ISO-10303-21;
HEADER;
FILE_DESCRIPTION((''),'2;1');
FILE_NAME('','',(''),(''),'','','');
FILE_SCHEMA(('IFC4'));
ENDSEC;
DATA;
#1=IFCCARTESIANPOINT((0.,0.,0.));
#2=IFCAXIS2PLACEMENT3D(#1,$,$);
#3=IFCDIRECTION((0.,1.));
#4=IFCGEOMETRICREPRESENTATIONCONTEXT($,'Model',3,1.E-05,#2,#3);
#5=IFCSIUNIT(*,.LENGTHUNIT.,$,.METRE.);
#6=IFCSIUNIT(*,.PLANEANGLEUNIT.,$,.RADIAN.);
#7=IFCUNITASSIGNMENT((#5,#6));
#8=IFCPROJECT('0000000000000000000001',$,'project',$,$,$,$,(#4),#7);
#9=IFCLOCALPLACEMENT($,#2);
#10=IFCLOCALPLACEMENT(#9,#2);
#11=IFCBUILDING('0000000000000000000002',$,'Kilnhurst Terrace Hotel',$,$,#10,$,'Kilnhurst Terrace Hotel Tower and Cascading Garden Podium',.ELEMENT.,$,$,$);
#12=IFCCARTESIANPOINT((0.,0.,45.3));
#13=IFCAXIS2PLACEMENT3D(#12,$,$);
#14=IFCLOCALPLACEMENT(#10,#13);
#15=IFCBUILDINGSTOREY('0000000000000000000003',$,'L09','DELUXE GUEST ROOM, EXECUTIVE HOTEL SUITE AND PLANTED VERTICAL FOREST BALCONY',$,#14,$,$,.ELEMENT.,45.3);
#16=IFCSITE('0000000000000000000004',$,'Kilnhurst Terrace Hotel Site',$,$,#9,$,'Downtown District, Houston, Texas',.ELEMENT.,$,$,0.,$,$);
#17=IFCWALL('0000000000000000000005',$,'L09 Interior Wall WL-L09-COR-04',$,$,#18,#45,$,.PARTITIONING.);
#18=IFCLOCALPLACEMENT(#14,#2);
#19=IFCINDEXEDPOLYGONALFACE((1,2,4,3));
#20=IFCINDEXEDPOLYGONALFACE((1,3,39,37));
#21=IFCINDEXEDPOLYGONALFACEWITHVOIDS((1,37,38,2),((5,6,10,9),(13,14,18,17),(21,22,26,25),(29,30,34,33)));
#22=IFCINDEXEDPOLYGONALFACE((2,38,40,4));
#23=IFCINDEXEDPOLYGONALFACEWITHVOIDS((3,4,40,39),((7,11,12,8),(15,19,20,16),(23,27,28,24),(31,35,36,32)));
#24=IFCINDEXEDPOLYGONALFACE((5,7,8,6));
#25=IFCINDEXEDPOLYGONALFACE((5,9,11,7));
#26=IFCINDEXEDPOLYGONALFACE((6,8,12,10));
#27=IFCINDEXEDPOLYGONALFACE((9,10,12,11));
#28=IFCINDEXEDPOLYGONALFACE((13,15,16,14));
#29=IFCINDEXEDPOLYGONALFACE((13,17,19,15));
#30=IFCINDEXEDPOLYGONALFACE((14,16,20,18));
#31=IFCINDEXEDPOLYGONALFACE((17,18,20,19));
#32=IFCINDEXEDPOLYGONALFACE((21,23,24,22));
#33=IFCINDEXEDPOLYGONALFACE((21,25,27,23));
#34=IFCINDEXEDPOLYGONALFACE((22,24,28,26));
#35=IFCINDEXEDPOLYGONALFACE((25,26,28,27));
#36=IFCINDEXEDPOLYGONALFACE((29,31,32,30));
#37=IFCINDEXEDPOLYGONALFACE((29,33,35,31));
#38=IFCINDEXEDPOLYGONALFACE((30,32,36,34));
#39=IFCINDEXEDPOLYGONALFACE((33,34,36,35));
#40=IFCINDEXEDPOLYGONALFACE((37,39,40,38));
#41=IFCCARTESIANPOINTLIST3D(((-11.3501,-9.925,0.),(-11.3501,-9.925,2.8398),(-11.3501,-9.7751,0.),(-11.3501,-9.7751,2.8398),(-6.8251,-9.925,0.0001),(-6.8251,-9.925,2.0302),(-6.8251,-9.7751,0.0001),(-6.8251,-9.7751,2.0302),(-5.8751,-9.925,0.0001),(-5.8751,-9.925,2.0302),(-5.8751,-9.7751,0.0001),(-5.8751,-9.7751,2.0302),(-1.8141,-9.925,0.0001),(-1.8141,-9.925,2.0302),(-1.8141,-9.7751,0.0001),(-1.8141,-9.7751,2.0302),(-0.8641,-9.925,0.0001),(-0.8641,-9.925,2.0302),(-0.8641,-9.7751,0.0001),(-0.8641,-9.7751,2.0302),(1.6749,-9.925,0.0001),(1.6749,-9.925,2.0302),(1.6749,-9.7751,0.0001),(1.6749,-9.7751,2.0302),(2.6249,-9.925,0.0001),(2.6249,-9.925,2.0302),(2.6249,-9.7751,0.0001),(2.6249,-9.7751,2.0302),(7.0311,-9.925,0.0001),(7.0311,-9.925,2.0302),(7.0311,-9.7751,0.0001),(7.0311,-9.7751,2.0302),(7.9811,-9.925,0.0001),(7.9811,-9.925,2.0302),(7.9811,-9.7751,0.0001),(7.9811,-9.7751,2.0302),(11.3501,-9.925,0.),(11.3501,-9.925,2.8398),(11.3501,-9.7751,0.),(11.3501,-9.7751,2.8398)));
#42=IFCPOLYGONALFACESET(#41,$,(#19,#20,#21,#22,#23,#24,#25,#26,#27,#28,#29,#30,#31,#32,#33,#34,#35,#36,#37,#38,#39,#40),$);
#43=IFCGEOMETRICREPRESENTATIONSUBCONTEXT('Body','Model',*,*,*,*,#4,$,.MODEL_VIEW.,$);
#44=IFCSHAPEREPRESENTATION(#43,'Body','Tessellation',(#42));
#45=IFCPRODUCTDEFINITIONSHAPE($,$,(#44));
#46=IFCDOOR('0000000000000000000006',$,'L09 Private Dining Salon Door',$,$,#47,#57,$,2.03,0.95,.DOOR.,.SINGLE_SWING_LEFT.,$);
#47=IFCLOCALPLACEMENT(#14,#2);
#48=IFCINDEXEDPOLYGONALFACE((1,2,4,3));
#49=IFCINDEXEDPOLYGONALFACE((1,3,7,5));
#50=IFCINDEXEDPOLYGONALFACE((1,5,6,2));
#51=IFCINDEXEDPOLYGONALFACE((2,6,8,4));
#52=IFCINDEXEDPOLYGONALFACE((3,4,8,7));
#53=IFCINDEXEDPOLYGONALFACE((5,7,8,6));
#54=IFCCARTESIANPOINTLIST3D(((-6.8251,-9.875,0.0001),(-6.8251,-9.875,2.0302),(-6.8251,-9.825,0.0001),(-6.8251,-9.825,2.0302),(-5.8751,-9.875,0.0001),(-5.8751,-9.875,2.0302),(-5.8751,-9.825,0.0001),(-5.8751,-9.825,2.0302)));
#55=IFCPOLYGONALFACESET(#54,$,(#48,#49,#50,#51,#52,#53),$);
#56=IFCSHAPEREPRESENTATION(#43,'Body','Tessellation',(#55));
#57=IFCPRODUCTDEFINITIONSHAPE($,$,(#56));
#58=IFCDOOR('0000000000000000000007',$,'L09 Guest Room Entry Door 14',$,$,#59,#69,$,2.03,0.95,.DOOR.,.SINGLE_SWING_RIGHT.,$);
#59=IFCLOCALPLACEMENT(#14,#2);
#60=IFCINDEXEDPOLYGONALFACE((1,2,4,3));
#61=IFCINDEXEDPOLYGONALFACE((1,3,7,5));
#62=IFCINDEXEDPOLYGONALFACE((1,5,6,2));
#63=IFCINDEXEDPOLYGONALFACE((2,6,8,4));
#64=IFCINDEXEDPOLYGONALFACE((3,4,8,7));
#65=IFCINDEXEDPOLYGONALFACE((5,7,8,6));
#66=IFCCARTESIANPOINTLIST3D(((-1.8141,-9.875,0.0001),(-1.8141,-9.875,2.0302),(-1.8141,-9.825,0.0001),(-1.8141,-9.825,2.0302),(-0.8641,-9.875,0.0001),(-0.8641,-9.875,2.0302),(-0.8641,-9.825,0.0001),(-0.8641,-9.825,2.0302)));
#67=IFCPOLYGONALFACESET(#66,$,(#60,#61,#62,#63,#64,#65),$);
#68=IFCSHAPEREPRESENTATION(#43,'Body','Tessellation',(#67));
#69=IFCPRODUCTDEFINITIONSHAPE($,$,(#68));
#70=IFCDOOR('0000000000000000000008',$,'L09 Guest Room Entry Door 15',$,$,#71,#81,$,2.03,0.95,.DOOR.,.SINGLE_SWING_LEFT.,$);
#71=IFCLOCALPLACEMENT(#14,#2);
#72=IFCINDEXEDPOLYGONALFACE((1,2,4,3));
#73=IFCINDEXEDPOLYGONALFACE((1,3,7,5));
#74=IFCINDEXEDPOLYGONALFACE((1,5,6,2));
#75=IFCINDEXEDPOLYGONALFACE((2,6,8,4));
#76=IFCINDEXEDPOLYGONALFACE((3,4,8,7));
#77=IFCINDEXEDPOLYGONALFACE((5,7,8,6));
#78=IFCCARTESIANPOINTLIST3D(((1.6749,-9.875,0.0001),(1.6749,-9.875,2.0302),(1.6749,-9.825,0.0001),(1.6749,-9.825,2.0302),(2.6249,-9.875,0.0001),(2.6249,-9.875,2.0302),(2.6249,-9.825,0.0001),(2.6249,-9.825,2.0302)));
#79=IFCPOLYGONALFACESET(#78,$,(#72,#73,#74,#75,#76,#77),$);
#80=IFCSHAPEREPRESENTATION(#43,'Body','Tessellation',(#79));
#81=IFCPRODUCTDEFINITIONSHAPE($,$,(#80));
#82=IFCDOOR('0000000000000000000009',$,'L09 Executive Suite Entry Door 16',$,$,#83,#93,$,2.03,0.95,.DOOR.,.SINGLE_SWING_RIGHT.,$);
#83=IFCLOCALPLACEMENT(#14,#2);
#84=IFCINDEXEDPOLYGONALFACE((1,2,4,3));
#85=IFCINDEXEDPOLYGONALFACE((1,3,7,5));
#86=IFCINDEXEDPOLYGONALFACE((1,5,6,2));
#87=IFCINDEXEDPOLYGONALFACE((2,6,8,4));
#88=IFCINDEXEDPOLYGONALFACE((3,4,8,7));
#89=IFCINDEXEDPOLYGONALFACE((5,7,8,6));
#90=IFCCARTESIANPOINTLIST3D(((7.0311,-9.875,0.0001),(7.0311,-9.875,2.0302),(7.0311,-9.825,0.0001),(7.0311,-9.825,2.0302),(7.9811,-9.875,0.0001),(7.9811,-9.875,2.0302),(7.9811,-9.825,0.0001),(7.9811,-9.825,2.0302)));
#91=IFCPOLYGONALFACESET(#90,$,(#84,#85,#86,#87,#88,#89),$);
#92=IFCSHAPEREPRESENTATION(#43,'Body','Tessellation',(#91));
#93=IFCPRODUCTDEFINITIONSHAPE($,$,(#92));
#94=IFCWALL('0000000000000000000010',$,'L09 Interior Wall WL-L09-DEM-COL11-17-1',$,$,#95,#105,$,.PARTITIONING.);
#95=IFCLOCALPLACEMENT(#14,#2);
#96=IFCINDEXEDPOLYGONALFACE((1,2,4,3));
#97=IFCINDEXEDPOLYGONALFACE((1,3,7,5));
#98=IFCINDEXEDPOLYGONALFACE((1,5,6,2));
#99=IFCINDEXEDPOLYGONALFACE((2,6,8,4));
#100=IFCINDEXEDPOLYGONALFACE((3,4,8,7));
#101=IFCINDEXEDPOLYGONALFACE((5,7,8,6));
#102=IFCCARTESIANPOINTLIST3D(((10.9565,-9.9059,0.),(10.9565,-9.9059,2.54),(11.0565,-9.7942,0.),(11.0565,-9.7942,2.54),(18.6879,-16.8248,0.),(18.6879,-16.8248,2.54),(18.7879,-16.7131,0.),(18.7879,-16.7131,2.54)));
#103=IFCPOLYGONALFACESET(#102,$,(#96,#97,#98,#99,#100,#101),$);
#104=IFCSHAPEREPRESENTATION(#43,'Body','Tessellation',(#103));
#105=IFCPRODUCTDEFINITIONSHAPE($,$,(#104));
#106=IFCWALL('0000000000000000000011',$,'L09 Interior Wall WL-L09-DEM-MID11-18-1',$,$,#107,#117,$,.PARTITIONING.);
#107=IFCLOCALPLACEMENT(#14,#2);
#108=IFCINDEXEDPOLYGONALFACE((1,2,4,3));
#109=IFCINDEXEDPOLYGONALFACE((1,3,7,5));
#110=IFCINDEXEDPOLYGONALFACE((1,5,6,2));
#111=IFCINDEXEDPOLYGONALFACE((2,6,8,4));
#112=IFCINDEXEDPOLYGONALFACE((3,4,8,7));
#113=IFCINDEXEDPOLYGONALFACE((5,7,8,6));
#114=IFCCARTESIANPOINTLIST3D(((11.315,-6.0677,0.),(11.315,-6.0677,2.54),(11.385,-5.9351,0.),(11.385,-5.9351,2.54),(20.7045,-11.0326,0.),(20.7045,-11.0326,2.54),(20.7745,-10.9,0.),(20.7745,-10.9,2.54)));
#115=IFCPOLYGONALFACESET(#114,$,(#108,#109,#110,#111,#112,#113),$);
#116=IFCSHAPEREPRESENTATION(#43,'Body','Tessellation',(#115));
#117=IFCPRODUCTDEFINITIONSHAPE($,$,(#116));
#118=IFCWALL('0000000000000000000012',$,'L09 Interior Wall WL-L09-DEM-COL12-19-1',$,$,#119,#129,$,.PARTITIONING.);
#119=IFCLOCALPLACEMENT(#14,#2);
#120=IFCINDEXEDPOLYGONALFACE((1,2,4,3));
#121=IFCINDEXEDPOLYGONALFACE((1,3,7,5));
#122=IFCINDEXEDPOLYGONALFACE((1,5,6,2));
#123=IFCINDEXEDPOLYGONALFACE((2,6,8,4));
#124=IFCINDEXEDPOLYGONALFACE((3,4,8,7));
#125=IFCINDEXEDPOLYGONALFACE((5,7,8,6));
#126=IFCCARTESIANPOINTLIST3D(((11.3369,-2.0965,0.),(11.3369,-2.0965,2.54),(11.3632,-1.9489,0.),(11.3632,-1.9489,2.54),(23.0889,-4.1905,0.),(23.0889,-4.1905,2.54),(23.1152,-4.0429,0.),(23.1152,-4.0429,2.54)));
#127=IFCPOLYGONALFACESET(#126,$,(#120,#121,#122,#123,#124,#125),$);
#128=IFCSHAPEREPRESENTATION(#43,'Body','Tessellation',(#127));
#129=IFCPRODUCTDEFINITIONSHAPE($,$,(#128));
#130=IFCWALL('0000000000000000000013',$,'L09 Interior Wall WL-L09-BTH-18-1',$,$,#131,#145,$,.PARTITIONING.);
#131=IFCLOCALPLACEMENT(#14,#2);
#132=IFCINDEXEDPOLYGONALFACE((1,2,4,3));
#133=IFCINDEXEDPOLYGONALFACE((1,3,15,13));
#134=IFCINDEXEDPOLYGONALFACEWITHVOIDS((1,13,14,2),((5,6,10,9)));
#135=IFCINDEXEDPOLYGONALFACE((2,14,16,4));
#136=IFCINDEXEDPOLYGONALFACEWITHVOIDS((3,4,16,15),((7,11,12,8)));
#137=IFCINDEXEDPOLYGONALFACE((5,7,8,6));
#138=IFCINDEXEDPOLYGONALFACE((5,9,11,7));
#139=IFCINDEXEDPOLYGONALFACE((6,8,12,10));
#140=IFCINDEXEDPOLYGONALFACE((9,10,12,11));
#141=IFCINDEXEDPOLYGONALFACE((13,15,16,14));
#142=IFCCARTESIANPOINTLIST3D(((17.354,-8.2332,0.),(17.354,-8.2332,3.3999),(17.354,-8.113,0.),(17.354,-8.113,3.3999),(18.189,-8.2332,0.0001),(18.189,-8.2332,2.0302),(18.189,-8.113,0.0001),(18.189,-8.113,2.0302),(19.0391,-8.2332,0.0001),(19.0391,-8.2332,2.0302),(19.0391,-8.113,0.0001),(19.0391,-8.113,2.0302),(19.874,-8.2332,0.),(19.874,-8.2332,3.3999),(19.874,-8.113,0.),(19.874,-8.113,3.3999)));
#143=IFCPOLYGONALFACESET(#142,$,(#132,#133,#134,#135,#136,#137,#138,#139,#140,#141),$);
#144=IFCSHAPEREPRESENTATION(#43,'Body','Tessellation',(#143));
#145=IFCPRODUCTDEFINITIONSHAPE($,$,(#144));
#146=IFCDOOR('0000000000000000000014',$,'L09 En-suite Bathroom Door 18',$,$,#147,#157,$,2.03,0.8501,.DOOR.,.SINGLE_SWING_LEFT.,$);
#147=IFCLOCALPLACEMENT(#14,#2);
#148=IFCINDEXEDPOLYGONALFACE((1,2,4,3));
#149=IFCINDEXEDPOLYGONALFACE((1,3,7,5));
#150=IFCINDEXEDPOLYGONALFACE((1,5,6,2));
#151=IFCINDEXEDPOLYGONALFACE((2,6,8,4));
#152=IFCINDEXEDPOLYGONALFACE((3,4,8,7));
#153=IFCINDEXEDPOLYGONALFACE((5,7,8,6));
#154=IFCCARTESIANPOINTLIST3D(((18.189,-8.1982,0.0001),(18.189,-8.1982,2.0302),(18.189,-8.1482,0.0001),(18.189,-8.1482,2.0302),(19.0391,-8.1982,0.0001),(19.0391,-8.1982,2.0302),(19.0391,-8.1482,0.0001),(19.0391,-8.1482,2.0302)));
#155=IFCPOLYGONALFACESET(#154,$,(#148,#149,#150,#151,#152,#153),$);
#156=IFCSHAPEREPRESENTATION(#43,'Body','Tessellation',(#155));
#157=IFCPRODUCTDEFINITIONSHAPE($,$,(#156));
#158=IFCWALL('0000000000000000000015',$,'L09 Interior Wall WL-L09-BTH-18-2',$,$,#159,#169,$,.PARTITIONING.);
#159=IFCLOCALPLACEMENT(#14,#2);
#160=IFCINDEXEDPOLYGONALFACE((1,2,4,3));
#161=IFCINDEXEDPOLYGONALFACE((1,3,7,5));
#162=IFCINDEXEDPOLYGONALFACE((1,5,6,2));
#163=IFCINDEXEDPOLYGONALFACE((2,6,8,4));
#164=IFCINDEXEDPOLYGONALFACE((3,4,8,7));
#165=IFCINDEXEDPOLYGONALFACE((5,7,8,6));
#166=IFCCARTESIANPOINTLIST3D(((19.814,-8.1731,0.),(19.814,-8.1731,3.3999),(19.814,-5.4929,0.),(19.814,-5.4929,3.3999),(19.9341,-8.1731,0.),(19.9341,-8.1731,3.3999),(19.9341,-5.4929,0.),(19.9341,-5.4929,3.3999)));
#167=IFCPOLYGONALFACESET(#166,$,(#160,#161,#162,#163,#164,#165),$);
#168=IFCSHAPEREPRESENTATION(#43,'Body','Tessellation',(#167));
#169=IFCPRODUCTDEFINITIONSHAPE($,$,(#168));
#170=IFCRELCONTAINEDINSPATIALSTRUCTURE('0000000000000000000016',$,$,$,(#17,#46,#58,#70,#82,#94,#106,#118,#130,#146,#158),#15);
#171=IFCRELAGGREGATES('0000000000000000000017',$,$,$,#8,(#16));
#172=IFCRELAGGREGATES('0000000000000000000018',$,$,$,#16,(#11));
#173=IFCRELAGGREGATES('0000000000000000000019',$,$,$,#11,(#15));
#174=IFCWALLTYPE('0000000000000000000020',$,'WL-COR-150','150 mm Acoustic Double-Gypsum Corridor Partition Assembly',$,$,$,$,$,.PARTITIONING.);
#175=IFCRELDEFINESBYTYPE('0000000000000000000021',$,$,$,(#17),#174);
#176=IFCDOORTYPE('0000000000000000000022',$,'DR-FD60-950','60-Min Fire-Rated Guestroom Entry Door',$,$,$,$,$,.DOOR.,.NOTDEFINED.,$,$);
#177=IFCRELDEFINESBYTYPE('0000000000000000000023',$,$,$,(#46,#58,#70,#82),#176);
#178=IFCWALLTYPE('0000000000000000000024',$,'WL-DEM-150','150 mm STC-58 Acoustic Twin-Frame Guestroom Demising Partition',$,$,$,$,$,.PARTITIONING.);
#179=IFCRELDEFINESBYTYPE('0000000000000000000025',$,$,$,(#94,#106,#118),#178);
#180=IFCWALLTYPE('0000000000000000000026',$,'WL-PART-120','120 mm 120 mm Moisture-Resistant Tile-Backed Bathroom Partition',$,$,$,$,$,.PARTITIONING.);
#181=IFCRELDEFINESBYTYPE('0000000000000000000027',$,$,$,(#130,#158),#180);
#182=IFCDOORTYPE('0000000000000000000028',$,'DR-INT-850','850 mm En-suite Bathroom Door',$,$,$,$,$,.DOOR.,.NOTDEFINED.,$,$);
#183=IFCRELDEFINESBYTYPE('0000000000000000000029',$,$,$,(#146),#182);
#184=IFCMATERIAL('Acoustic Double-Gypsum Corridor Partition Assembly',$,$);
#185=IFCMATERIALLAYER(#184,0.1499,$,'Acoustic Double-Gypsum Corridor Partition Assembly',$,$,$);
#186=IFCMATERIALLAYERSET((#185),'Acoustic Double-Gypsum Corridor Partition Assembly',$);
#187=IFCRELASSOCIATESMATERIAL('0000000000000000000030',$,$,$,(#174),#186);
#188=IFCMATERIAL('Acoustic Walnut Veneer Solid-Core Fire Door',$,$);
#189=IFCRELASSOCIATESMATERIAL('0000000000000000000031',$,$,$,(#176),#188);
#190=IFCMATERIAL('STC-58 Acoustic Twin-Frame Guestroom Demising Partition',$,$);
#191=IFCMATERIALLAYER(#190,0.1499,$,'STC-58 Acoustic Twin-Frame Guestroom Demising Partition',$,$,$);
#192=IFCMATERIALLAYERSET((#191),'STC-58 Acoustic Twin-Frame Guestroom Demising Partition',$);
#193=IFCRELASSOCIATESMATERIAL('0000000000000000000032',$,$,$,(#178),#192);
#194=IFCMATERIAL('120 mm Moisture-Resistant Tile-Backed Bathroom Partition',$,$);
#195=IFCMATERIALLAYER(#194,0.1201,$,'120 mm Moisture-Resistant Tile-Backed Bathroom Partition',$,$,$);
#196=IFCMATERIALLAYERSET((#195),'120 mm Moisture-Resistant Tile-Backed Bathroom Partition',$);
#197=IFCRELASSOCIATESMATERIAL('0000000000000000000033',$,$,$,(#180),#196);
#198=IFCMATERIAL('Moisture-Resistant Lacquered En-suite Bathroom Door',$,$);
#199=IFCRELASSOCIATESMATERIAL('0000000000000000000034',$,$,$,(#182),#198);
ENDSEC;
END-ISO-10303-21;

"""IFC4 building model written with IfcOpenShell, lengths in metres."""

from ifc_helpers import new_model, si_unit, direction, frame, frame_2d, origin, place, context, subcontext, project, spatial, rectangle, extrude, material, layer, layer_set, type_object, element, fill, save


model = new_model("IFC4")

# Units and contexts
model_context = context("Model", 3, precision=1e-05, world=origin(), true_north=direction((0.0, 1.0)))
body_context = subcontext(model_context, "Body", "Model", "MODEL_VIEW")
ifc_project = project(units=[si_unit("LENGTHUNIT", "METRE"), si_unit("PLANEANGLEUNIT", "RADIAN")], contexts=[model_context])

# Site, building, storey
site_placement = place(None, origin())
site = spatial("IfcSite", under=ifc_project, at=site_placement, Name="Kilnhurst Terrace Hotel Site", LongName="Downtown District, Houston, Texas", CompositionType="ELEMENT", RefElevation=0.0)
building_placement = place(site_placement, origin())
building = spatial("IfcBuilding", under=site, at=building_placement, Name="Kilnhurst Terrace Hotel", LongName="Kilnhurst Terrace Hotel Tower and Cascading Garden Podium", CompositionType="ELEMENT")
storey_placement = place(building_placement, frame((0.0, 0.0, 45.3)))
storey = spatial("IfcBuildingStorey", under=building, at=storey_placement, Name="L09", Description="DELUXE GUEST ROOM, EXECUTIVE HOTEL SUITE AND PLANTED VERTICAL FOREST BALCONY", CompositionType="ELEMENT", Elevation=45.3)

# Wall, openings, doors
ifc_material_1 = material(Name="Acoustic Double-Gypsum Corridor Partition Assembly")
ifc_layer_1 = layer(ifc_material_1, 0.1499, Name="Acoustic Double-Gypsum Corridor Partition Assembly")
ifc_layer_set_1 = layer_set([ifc_layer_1], Name="Acoustic Double-Gypsum Corridor Partition Assembly")
wall_type_1 = type_object("IfcWallType", Name="WL-COR-150", Description="150 mm Acoustic Double-Gypsum Corridor Partition Assembly", PredefinedType="PARTITIONING", material=ifc_layer_set_1)
wall_1_placement = place(storey_placement, frame((11.3501, -9.8501, 0.0), z_axis=(0.0, 0.0, 1.0), x_axis=(-1.0, 0.0, 0.0)))
wall_1 = element("IfcWall", 1, at=wall_1_placement, inside=storey, type_object=wall_type_1, Name="L09 Interior Wall WL-L09-COR-04", PredefinedType="PARTITIONING", context=body_context, shape_type="SweptSolid", body=[
    extrude(rectangle(XDim=22.7002, YDim=0.1499, at=frame_2d((11.3501, 0.0))), origin(), (0.0, 0.0, 1.0), 2.8398),
])
opening_1_placement = place(wall_1_placement, frame((17.2251, 0.0, 0.0)))
opening_1 = element("IfcOpeningElement", 2, at=opening_1_placement, cuts=wall_1, PredefinedType="OPENING", context=body_context, shape_type="SweptSolid", body=[
    extrude(rectangle(XDim=0.95, YDim=2.03, at=frame_2d((0.4751, 1.0151))), frame((0.0, 0.085, 0.0), z_axis=(0.0, -1.0, 0.0), x_axis=(1.0, 0.0, 0.0)), (0.0, 0.0, 1.0), 0.1699),
])
opening_2_placement = place(wall_1_placement, frame((12.2141, 0.0, 0.0)))
opening_2 = element("IfcOpeningElement", 3, at=opening_2_placement, cuts=wall_1, PredefinedType="OPENING", context=body_context, shape_type="SweptSolid", body=[
    extrude(rectangle(XDim=0.95, YDim=2.03, at=frame_2d((0.4751, 1.0151))), frame((0.0, 0.085, 0.0), z_axis=(0.0, -1.0, 0.0), x_axis=(1.0, 0.0, 0.0)), (0.0, 0.0, 1.0), 0.1699),
])
opening_3_placement = place(wall_1_placement, frame((8.7251, 0.0, 0.0)))
opening_3 = element("IfcOpeningElement", 4, at=opening_3_placement, cuts=wall_1, PredefinedType="OPENING", context=body_context, shape_type="SweptSolid", body=[
    extrude(rectangle(XDim=0.95, YDim=2.03, at=frame_2d((0.4751, 1.0151))), frame((0.0, 0.085, 0.0), z_axis=(0.0, -1.0, 0.0), x_axis=(1.0, 0.0, 0.0)), (0.0, 0.0, 1.0), 0.1699),
])
opening_4_placement = place(wall_1_placement, frame((3.3689, 0.0, 0.0)))
opening_4 = element("IfcOpeningElement", 5, at=opening_4_placement, cuts=wall_1, PredefinedType="OPENING", context=body_context, shape_type="SweptSolid", body=[
    extrude(rectangle(XDim=0.95, YDim=2.03, at=frame_2d((0.4751, 1.0151))), frame((0.0, 0.085, 0.0), z_axis=(0.0, -1.0, 0.0), x_axis=(1.0, 0.0, 0.0)), (0.0, 0.0, 1.0), 0.1699),
])
ifc_material_2 = material(Name="Acoustic Walnut Veneer Solid-Core Fire Door")
door_type_1 = type_object("IfcDoorType", Name="DR-FD60-950", Description="60-Min Fire-Rated Guestroom Entry Door", OperationType="NOTDEFINED", PredefinedType="DOOR", material=ifc_material_2)
door_1_placement = place(opening_1_placement, origin())
door_1 = element("IfcDoor", 6, at=door_1_placement, inside=storey, type_object=door_type_1, Name="L09 Private Dining Salon Door", OperationType="SINGLE_SWING_LEFT", OverallHeight=2.03, OverallWidth=0.95, PredefinedType="DOOR", context=body_context, shape_type="SweptSolid", body=[
    extrude(rectangle(XDim=0.95, YDim=2.03, at=frame_2d((0.4751, 1.0151))), frame((0.0, 0.0249, 0.0), z_axis=(0.0, -1.0, 0.0), x_axis=(1.0, 0.0, 0.0)), (0.0, 0.0, 1.0), 0.05),
])
fill(opening_1, door_1)
door_2_placement = place(opening_2_placement, origin())
door_2 = element("IfcDoor", 7, at=door_2_placement, inside=storey, type_object=door_type_1, Name="L09 Guest Room Entry Door 14", OperationType="SINGLE_SWING_RIGHT", OverallHeight=2.03, OverallWidth=0.95, PredefinedType="DOOR", context=body_context, shape_type="SweptSolid", body=[
    extrude(rectangle(XDim=0.95, YDim=2.03, at=frame_2d((0.4751, 1.0151))), frame((0.0, 0.0249, 0.0), z_axis=(0.0, -1.0, 0.0), x_axis=(1.0, 0.0, 0.0)), (0.0, 0.0, 1.0), 0.05),
])
fill(opening_2, door_2)
door_3_placement = place(opening_3_placement, origin())
door_3 = element("IfcDoor", 8, at=door_3_placement, inside=storey, type_object=door_type_1, Name="L09 Guest Room Entry Door 15", OperationType="SINGLE_SWING_LEFT", OverallHeight=2.03, OverallWidth=0.95, PredefinedType="DOOR", context=body_context, shape_type="SweptSolid", body=[
    extrude(rectangle(XDim=0.95, YDim=2.03, at=frame_2d((0.4751, 1.0151))), frame((0.0, 0.0249, 0.0), z_axis=(0.0, -1.0, 0.0), x_axis=(1.0, 0.0, 0.0)), (0.0, 0.0, 1.0), 0.05),
])
fill(opening_3, door_3)
door_4_placement = place(opening_4_placement, origin())
door_4 = element("IfcDoor", 9, at=door_4_placement, inside=storey, type_object=door_type_1, Name="L09 Executive Suite Entry Door 16", OperationType="SINGLE_SWING_RIGHT", OverallHeight=2.03, OverallWidth=0.95, PredefinedType="DOOR", context=body_context, shape_type="SweptSolid", body=[
    extrude(rectangle(XDim=0.95, YDim=2.03, at=frame_2d((0.4751, 1.0151))), frame((0.0, 0.0249, 0.0), z_axis=(0.0, -1.0, 0.0), x_axis=(1.0, 0.0, 0.0)), (0.0, 0.0, 1.0), 0.05),
])
fill(opening_4, door_4)

# Walls
ifc_material_3 = material(Name="STC-58 Acoustic Twin-Frame Guestroom Demising Partition")
ifc_layer_2 = layer(ifc_material_3, 0.1499, Name="STC-58 Acoustic Twin-Frame Guestroom Demising Partition")
ifc_layer_set_2 = layer_set([ifc_layer_2], Name="STC-58 Acoustic Twin-Frame Guestroom Demising Partition")
wall_type_2 = type_object("IfcWallType", Name="WL-DEM-150", Description="150 mm STC-58 Acoustic Twin-Frame Guestroom Demising Partition", PredefinedType="PARTITIONING", material=ifc_layer_set_2)
wall_2_placement = place(storey_placement, frame((11.0066, -9.8501, 0.0), z_axis=(0.0, 0.0, 1.0), x_axis=(0.745177, -0.666866, 0.0)))
element("IfcWall", 10, at=wall_2_placement, inside=storey, type_object=wall_type_2, Name="L09 Interior Wall WL-L09-DEM-COL11-17-1", PredefinedType="PARTITIONING", context=body_context, shape_type="SweptSolid", body=[
    extrude(rectangle(XDim=10.3752, YDim=0.1499, at=frame_2d((5.1875, 0.0))), origin(), (0.0, 0.0, 1.0), 2.54),
])
wall_3_placement = place(storey_placement, frame((11.3501, -6.0015, 0.0), z_axis=(0.0, 0.0, 1.0), x_axis=(0.884022, -0.467445, 0.0)))
element("IfcWall", 11, at=wall_3_placement, inside=storey, type_object=wall_type_2, Name="L09 Interior Wall WL-L09-DEM-MID11-18-1", PredefinedType="PARTITIONING", context=body_context, shape_type="SweptSolid", body=[
    extrude(rectangle(XDim=10.6213, YDim=0.1499, at=frame_2d((5.3105, 0.0))), origin(), (0.0, 0.0, 1.0), 2.54),
])
wall_4_placement = place(storey_placement, frame((11.3501, -2.0227, 0.0), z_axis=(0.0, 0.0, 1.0), x_axis=(0.984494, -0.17542, 0.0)))
element("IfcWall", 12, at=wall_4_placement, inside=storey, type_object=wall_type_2, Name="L09 Interior Wall WL-L09-DEM-COL12-19-1", PredefinedType="PARTITIONING", context=body_context, shape_type="SweptSolid", body=[
    extrude(rectangle(XDim=11.937, YDim=0.1499, at=frame_2d((5.9685, 0.0))), origin(), (0.0, 0.0, 1.0), 2.54),
])

# Wall, opening, door
ifc_material_4 = material(Name="120 mm Moisture-Resistant Tile-Backed Bathroom Partition")
ifc_layer_3 = layer(ifc_material_4, 0.1201, Name="120 mm Moisture-Resistant Tile-Backed Bathroom Partition")
ifc_layer_set_3 = layer_set([ifc_layer_3], Name="120 mm Moisture-Resistant Tile-Backed Bathroom Partition")
wall_type_3 = type_object("IfcWallType", Name="WL-PART-120", Description="120 mm 120 mm Moisture-Resistant Tile-Backed Bathroom Partition", PredefinedType="PARTITIONING", material=ifc_layer_set_3)
wall_5_placement = place(storey_placement, frame((17.354, -8.1731, 0.0), z_axis=(0.0, 0.0, 1.0), x_axis=(1.0, 0.0, 0.0)))
wall_5 = element("IfcWall", 13, at=wall_5_placement, inside=storey, type_object=wall_type_3, Name="L09 Interior Wall WL-L09-BTH-18-1", PredefinedType="PARTITIONING", context=body_context, shape_type="SweptSolid", body=[
    extrude(rectangle(XDim=2.52, YDim=0.1201, at=frame_2d((1.26, 0.0))), origin(), (0.0, 0.0, 1.0), 3.3999),
])
opening_5_placement = place(wall_5_placement, frame((0.835, 0.0, 0.0)))
opening_5 = element("IfcOpeningElement", 14, at=opening_5_placement, cuts=wall_5, PredefinedType="OPENING", context=body_context, shape_type="SweptSolid", body=[
    extrude(rectangle(XDim=0.8501, YDim=2.03, at=frame_2d((0.425, 1.0151))), frame((0.0, 0.0701, 0.0), z_axis=(0.0, -1.0, 0.0), x_axis=(1.0, 0.0, 0.0)), (0.0, 0.0, 1.0), 0.1401),
])
ifc_material_5 = material(Name="Moisture-Resistant Lacquered En-suite Bathroom Door")
door_type_2 = type_object("IfcDoorType", Name="DR-INT-850", Description="850 mm En-suite Bathroom Door", OperationType="NOTDEFINED", PredefinedType="DOOR", material=ifc_material_5)
door_5_placement = place(opening_5_placement, origin())
door_5 = element("IfcDoor", 15, at=door_5_placement, inside=storey, type_object=door_type_2, Name="L09 En-suite Bathroom Door 18", OperationType="SINGLE_SWING_LEFT", OverallHeight=2.03, OverallWidth=0.8501, PredefinedType="DOOR", context=body_context, shape_type="SweptSolid", body=[
    extrude(rectangle(XDim=0.8501, YDim=2.03, at=frame_2d((0.425, 1.0151))), frame((0.0, 0.0249, 0.0), z_axis=(0.0, -1.0, 0.0), x_axis=(1.0, 0.0, 0.0)), (0.0, 0.0, 1.0), 0.05),
])
fill(opening_5, door_5)

# Wall
wall_6_placement = place(storey_placement, frame((19.874, -8.1731, 0.0), z_axis=(0.0, 0.0, 1.0), x_axis=(0.0, 1.0, 0.0)))
element("IfcWall", 16, at=wall_6_placement, inside=storey, type_object=wall_type_3, Name="L09 Interior Wall WL-L09-BTH-18-2", PredefinedType="PARTITIONING", context=body_context, shape_type="SweptSolid", body=[
    extrude(rectangle(XDim=2.6802, YDim=0.1201, at=frame_2d((1.3401, 0.0))), origin(), (0.0, 0.0, 1.0), 3.3999),
])

save(model, "model.ifc")
